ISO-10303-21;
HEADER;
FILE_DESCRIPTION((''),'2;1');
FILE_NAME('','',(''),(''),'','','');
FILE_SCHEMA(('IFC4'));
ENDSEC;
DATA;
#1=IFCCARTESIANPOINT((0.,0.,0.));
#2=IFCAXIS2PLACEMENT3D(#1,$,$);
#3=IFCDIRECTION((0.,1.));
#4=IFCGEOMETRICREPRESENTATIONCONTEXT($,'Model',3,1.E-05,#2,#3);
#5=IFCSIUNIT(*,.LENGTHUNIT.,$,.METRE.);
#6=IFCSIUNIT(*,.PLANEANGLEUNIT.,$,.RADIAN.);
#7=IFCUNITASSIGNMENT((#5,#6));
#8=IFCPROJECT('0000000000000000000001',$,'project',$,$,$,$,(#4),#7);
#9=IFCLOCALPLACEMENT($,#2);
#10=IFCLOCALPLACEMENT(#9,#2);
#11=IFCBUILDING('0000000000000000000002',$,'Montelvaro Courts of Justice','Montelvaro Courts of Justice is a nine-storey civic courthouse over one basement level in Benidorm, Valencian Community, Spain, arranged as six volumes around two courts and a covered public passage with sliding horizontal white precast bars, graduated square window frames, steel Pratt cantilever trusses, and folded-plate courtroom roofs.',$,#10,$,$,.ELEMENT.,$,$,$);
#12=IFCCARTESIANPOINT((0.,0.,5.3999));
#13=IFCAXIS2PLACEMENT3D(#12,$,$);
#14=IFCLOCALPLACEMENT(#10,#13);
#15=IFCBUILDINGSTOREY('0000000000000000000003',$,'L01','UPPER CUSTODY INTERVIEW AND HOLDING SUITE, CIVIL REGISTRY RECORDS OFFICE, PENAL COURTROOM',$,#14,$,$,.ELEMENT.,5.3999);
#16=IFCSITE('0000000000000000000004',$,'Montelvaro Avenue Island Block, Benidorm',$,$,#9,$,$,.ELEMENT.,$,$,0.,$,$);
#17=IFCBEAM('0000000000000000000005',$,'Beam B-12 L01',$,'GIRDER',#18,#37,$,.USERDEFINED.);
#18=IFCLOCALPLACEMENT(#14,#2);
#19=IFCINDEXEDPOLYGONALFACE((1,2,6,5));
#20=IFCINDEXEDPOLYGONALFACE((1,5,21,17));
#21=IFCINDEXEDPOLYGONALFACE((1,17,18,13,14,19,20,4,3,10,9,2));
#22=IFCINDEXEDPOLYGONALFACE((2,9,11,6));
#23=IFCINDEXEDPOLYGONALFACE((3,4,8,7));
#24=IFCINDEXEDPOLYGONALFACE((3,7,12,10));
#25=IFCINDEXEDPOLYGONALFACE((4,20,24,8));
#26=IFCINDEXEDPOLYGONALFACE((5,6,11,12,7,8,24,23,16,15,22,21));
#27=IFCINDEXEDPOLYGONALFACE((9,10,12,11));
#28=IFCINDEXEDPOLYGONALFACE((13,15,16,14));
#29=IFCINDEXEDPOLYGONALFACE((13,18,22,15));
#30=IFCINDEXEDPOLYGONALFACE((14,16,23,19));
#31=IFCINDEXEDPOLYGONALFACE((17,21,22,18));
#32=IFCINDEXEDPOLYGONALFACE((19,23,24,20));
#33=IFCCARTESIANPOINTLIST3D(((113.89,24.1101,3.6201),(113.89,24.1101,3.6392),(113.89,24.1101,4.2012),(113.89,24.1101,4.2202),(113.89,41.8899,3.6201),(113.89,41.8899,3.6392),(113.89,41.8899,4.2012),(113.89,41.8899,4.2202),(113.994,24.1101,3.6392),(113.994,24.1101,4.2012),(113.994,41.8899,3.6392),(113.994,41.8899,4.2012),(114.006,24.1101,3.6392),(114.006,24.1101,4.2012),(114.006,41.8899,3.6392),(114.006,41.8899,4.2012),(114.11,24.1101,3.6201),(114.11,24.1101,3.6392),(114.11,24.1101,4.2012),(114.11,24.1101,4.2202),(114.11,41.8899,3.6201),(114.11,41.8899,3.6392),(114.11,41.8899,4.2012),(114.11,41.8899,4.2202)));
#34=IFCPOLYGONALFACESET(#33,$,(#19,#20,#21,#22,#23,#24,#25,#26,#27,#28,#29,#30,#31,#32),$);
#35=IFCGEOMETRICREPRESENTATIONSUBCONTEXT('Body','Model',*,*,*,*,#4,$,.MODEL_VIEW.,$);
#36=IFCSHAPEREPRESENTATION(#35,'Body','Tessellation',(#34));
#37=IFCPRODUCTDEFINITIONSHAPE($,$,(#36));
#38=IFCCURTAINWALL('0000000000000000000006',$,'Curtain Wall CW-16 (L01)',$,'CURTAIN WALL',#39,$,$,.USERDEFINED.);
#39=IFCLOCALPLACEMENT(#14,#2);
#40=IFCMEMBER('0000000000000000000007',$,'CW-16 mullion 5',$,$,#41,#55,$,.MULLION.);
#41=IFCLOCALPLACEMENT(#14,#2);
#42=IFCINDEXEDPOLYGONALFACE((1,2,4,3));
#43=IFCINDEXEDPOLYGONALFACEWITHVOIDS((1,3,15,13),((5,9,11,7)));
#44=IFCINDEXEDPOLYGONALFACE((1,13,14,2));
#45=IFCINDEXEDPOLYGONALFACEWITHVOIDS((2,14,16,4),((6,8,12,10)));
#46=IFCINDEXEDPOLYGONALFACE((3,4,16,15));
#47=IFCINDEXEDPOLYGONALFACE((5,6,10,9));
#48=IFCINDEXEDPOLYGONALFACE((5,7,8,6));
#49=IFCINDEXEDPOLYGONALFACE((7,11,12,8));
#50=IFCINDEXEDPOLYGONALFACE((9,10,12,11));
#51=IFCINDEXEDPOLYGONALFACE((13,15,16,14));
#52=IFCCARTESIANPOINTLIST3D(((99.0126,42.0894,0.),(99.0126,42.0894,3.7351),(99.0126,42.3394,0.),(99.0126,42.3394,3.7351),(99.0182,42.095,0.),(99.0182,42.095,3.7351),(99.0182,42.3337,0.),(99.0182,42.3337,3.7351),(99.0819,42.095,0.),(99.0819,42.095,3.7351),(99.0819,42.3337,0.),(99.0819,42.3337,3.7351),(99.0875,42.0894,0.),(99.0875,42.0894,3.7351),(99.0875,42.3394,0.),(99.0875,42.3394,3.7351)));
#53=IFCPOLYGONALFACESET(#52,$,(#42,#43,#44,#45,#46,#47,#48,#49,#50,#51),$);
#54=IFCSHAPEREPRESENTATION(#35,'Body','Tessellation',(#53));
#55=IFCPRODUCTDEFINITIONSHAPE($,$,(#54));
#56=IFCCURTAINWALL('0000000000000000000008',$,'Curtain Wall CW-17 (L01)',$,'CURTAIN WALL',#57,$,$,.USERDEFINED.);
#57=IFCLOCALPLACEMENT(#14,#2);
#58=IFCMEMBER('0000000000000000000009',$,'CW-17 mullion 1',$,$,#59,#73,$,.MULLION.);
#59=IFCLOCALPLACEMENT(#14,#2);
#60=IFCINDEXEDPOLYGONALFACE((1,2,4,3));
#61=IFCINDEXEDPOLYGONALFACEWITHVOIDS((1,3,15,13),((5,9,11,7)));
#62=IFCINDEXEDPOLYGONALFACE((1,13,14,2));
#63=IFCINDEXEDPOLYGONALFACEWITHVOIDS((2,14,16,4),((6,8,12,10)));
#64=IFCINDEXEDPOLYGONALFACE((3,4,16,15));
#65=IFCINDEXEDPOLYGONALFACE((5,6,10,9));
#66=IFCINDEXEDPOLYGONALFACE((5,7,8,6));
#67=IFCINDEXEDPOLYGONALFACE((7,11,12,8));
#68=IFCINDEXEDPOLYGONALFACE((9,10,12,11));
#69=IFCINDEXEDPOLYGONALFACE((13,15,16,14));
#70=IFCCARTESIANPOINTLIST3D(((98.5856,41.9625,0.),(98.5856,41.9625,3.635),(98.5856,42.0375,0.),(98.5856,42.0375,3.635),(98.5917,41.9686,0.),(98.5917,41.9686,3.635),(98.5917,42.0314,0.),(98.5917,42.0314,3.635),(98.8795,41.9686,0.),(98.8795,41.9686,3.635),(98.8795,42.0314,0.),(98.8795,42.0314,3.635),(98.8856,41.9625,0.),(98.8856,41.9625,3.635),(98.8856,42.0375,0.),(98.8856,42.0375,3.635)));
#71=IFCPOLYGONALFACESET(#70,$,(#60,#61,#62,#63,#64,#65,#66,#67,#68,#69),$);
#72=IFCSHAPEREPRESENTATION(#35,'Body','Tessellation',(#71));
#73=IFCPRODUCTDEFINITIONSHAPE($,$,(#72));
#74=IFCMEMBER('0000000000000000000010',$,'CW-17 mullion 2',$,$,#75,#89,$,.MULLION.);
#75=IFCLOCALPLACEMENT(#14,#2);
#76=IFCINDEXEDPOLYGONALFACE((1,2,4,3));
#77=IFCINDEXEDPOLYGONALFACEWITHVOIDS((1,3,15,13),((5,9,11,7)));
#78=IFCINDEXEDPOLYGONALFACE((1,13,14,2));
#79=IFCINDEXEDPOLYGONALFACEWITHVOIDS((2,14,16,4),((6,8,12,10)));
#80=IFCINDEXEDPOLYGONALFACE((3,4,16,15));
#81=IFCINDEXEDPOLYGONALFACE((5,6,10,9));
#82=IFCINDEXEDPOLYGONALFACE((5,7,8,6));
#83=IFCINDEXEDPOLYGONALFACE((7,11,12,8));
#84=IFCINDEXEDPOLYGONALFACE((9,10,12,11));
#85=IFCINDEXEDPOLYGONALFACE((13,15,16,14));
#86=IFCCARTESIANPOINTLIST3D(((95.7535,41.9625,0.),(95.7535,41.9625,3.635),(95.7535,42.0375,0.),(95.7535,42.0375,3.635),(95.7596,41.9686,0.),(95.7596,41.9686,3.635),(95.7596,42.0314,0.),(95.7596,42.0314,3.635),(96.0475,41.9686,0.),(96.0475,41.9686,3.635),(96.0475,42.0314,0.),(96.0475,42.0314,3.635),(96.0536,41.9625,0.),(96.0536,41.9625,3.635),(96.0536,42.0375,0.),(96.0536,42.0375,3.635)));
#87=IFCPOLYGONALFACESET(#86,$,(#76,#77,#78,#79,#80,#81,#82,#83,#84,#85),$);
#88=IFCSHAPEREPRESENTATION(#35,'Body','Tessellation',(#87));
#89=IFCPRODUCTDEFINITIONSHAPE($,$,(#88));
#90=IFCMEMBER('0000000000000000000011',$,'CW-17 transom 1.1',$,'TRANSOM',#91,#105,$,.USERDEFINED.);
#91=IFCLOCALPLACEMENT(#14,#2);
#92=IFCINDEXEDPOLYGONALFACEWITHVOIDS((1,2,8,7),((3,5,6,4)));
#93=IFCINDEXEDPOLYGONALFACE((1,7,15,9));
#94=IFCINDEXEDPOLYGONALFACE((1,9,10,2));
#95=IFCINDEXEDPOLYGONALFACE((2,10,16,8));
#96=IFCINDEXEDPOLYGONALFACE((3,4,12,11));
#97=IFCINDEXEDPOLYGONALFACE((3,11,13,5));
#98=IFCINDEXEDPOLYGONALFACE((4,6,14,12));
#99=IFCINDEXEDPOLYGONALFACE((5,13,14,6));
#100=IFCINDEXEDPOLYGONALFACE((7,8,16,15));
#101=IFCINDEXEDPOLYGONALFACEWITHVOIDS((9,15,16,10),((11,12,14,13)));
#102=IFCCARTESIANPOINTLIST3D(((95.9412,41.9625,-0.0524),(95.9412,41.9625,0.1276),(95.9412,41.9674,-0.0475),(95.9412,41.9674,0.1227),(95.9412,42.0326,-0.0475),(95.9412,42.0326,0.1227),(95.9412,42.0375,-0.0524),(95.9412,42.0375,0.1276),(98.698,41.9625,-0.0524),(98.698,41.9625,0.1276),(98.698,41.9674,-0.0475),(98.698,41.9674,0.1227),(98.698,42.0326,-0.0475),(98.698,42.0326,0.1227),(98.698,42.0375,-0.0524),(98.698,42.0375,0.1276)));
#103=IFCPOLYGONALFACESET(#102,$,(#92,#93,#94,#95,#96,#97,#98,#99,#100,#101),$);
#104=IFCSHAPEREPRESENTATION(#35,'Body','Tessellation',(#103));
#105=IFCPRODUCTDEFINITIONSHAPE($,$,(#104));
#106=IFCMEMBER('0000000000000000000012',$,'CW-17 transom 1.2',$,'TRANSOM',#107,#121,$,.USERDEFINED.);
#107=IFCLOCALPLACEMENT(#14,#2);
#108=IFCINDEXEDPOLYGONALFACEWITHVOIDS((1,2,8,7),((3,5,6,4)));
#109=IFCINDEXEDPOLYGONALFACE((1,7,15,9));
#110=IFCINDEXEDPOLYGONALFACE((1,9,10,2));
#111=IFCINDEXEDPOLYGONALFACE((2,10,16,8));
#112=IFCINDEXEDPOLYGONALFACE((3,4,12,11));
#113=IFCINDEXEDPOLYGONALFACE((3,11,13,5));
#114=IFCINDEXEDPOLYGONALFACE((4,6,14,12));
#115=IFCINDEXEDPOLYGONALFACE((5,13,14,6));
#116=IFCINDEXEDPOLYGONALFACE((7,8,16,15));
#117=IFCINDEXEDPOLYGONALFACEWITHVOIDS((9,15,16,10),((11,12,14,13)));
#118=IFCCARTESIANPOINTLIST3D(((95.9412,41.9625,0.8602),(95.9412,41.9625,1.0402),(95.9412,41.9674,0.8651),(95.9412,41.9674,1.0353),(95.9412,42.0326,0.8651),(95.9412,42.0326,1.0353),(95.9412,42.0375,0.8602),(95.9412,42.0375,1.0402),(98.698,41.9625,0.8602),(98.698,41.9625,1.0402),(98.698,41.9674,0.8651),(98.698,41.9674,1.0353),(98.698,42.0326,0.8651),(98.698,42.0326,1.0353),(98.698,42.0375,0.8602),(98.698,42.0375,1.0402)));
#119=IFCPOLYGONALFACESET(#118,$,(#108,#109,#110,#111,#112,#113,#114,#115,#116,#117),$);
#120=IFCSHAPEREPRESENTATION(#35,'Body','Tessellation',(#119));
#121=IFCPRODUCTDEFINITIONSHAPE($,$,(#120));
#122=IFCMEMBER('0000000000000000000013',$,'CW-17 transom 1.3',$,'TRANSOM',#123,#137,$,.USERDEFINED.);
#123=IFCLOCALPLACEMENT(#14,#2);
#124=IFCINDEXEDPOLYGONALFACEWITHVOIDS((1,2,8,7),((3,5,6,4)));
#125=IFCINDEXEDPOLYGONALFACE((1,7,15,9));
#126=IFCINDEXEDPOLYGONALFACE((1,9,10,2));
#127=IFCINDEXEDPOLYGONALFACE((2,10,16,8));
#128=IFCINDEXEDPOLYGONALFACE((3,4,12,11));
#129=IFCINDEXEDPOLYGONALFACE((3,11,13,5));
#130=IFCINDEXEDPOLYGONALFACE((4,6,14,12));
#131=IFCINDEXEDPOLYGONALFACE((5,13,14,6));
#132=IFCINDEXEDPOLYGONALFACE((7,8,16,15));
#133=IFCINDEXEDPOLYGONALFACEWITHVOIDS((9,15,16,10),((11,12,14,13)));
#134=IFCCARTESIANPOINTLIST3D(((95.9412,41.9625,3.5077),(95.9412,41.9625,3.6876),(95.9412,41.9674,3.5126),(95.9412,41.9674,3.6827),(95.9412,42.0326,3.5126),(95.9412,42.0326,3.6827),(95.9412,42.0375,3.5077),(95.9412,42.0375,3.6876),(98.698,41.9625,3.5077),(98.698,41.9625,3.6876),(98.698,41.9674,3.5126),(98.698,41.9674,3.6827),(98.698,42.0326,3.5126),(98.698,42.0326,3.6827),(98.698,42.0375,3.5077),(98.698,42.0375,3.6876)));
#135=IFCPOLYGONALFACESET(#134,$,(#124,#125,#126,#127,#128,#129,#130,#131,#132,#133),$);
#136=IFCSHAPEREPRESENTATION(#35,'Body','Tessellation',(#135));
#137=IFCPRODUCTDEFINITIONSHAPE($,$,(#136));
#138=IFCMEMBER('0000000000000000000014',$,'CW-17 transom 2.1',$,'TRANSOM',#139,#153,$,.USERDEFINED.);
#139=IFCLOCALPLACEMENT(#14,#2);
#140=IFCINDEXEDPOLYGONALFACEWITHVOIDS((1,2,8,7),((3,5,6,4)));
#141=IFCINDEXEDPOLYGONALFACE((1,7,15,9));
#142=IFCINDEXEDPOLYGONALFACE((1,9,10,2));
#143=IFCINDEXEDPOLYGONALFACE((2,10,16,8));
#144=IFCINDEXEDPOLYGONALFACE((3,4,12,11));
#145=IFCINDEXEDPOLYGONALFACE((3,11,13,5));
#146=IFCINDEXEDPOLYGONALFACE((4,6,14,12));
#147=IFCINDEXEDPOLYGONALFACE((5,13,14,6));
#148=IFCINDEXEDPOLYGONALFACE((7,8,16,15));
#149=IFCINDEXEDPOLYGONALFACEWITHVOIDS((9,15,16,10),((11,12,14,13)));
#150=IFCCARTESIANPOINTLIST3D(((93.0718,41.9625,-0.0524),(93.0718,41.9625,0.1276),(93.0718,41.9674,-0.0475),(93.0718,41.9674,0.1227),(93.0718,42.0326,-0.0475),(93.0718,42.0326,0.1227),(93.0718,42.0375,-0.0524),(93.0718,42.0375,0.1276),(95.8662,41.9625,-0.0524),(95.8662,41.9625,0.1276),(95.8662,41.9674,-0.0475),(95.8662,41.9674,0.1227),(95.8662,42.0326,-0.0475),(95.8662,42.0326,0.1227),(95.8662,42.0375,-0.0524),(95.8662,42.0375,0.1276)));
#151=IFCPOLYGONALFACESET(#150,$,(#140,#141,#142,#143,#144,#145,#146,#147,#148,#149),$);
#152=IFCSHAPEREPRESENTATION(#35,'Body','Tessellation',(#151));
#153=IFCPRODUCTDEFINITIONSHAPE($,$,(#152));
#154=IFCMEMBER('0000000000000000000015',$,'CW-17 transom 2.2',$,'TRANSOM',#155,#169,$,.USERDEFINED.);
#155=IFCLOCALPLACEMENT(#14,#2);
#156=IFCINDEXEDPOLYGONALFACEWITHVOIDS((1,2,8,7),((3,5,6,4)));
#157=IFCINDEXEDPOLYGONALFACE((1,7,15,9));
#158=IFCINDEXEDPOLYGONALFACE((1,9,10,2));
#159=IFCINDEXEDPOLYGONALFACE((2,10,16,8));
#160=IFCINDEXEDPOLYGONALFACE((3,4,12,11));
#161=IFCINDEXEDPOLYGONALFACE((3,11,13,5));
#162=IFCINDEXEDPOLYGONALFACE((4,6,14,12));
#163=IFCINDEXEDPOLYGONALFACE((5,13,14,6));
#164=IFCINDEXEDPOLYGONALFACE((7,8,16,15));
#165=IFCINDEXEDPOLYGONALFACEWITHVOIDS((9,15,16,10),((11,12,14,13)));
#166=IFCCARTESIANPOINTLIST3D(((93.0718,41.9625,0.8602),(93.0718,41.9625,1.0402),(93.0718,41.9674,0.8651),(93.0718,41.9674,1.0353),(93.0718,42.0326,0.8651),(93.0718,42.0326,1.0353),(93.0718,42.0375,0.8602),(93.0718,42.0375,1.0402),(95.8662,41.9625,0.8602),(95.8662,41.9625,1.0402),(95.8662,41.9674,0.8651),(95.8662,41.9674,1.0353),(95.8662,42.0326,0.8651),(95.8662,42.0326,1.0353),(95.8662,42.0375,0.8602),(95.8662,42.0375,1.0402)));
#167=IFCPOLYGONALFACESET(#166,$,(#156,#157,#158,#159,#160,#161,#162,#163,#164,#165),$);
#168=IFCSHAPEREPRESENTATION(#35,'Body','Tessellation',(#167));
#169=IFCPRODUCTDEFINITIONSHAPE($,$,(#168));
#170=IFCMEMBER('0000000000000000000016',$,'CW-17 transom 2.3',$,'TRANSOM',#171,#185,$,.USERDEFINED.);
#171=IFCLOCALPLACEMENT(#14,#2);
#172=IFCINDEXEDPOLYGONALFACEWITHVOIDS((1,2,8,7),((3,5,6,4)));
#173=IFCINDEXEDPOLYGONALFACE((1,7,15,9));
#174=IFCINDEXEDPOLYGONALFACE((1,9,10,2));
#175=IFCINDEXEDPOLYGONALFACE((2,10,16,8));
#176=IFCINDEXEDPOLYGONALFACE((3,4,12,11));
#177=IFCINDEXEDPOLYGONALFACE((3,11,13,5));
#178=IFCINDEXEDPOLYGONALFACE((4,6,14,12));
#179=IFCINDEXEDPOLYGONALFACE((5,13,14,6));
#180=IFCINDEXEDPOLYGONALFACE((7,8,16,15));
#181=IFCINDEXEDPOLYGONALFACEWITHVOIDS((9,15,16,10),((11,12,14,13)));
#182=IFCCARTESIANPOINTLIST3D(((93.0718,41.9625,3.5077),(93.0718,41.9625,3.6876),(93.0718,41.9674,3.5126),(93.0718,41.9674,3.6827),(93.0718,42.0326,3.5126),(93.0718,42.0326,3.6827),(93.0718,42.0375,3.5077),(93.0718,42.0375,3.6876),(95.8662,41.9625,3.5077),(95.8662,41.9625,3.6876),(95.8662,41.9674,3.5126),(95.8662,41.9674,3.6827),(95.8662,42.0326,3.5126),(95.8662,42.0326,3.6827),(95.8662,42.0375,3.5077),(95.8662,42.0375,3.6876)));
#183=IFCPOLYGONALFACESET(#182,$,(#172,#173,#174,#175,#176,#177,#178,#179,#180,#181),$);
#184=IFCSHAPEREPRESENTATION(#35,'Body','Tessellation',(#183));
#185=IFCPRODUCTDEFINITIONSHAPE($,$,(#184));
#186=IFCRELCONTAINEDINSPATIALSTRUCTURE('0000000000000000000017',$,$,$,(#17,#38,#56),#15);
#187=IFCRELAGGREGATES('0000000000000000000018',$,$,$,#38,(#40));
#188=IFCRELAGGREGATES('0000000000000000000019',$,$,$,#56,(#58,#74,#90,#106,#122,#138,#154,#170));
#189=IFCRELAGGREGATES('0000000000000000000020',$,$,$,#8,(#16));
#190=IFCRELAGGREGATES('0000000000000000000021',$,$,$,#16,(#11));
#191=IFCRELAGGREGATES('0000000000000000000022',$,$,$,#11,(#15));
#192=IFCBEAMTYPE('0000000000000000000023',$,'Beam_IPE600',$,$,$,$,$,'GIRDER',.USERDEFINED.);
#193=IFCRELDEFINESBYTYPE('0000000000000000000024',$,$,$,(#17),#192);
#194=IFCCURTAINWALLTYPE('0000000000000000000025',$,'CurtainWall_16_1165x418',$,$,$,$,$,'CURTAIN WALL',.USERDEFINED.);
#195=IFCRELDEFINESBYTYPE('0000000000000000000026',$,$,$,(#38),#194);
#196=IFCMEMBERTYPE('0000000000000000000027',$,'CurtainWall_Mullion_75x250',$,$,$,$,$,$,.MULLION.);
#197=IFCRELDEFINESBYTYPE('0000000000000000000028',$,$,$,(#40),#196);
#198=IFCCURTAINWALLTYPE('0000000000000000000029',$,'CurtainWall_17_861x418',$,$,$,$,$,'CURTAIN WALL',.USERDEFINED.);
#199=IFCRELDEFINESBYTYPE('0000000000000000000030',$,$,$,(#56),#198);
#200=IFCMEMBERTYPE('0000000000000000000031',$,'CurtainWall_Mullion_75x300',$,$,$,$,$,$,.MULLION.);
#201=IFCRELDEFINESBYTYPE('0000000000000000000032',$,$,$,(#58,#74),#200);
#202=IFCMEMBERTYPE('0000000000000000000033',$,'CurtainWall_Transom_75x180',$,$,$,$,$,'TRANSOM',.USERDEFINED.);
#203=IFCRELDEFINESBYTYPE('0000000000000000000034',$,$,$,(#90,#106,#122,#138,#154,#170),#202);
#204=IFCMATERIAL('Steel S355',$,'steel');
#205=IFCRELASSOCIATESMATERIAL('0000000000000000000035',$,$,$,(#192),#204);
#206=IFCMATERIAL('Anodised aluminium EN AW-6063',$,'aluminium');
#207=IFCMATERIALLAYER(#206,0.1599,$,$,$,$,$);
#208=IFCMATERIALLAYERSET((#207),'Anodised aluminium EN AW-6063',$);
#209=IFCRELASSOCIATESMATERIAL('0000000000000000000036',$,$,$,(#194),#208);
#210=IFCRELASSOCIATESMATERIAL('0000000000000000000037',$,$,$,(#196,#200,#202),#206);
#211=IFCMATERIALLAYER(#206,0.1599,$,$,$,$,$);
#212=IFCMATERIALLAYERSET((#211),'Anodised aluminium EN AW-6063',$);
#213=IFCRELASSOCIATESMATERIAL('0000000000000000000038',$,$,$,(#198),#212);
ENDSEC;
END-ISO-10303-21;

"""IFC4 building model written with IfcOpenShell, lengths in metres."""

from ifc_helpers import new_model, si_unit, direction, frame, origin, origin_2d, place, context, subcontext, project, spatial, hollow_rectangle, i_section, extrude, material, layer, layer_set, material_profile, profile_set, type_object, element, aggregate, save


model = new_model("IFC4")

# Units and contexts
model_context = context("Model", 3, precision=1e-05, world=origin(), true_north=direction((0.0, 1.0)))
body_context = subcontext(model_context, "Body", "Model", "MODEL_VIEW")
ifc_project = project(units=[si_unit("LENGTHUNIT", "METRE"), si_unit("PLANEANGLEUNIT", "RADIAN")], contexts=[model_context])

# Site, building, storey
site_placement = place(None, origin())
site = spatial("IfcSite", under=ifc_project, at=site_placement, Name="Montelvaro Avenue Island Block, Benidorm", CompositionType="ELEMENT", RefElevation=0.0)
building_placement = place(site_placement, origin())
building = spatial("IfcBuilding", under=site, at=building_placement, Name="Montelvaro Courts of Justice", Description="Montelvaro Courts of Justice is a nine-storey civic courthouse over one basement level in Benidorm, Valencian Community, Spain, arranged as six volumes around two courts and a covered public passage with sliding horizontal white precast bars, graduated square window frames, steel Pratt cantilever trusses, and folded-plate courtroom roofs.", CompositionType="ELEMENT")
storey_placement = place(building_placement, frame((0.0, 0.0, 5.3999)))
storey = spatial("IfcBuildingStorey", under=building, at=storey_placement, Name="L01", Description="UPPER CUSTODY INTERVIEW AND HOLDING SUITE, CIVIL REGISTRY RECORDS OFFICE, PENAL COURTROOM", CompositionType="ELEMENT", Elevation=5.3999)

# Shared definitions
ifc_material_1 = material(Name="Steel S355", Category="steel")

# Beam
ifc_material_profile_1 = material_profile(ifc_material_1, i_section(OverallWidth=0.22, OverallDepth=0.6001, WebThickness=0.012, FlangeThickness=0.019, at=origin_2d()), Name="IPE 600")
ifc_profile_set_1 = profile_set([ifc_material_profile_1], Name="Steel S355")
beam_type_1 = type_object("IfcBeamType", Name="Beam_IPE600", ElementType="GIRDER", PredefinedType="USERDEFINED", material=ifc_profile_set_1)
beam_1_placement = place(storey_placement, frame((114.0, 24.1101, 3.9202), z_axis=(0.0, 1.0, 0.0), x_axis=(-1.0, 0.0, 0.0)))
element("IfcBeam", 1, at=beam_1_placement, inside=storey, type_object=beam_type_1, Name="Beam B-12 L01", ObjectType="GIRDER", PredefinedType="USERDEFINED", context=body_context, shape_type="SweptSolid", body=[
    extrude(i_section(OverallWidth=0.22, OverallDepth=0.6001, WebThickness=0.012, FlangeThickness=0.019, at=origin_2d()), origin(), (0.0, 0.0, 1.0), 17.7798),
])

# Curtain wall, member
ifc_material_2 = material(Name="Anodised aluminium EN AW-6063", Category="aluminium")
ifc_layer_1 = layer(ifc_material_2, 0.1599)
ifc_layer_set_1 = layer_set([ifc_layer_1], Name="Anodised aluminium EN AW-6063")
curtain_wall_type_1 = type_object("IfcCurtainWallType", Name="CurtainWall_16_1165x418", ElementType="CURTAIN WALL", PredefinedType="USERDEFINED", material=ifc_layer_set_1)
curtain_wall_1_placement = place(storey_placement, origin())
curtain_wall_1 = element("IfcCurtainWall", 2, at=curtain_wall_1_placement, inside=storey, type_object=curtain_wall_type_1, Name="Curtain Wall CW-16 (L01)", ObjectType="CURTAIN WALL", PredefinedType="USERDEFINED")
ifc_material_profile_2 = material_profile(ifc_material_2, hollow_rectangle(XDim=0.075, YDim=0.25, WallThickness=0.0056, at=origin_2d()), Name="ALU-M 75x250")
ifc_profile_set_2 = profile_set([ifc_material_profile_2], Name="Anodised aluminium EN AW-6063")
member_type_1 = type_object("IfcMemberType", Name="CurtainWall_Mullion_75x250", PredefinedType="MULLION", material=ifc_profile_set_2)
member_1_placement = place(storey_placement, frame((99.05, 42.2144, 0.0), z_axis=(0.0, 0.0, 1.0), x_axis=(1.0, 0.0, 0.0)))
member_1 = element("IfcMember", 3, at=member_1_placement, type_object=member_type_1, Name="CW-16 mullion 5", PredefinedType="MULLION", context=body_context, shape_type="SweptSolid", body=[
    extrude(hollow_rectangle(XDim=0.075, YDim=0.25, WallThickness=0.0056, at=origin_2d()), origin(), (0.0, 0.0, 1.0), 3.7351),
])

# Curtain wall, members
ifc_layer_2 = layer(ifc_material_2, 0.1599)
ifc_layer_set_2 = layer_set([ifc_layer_2], Name="Anodised aluminium EN AW-6063")
curtain_wall_type_2 = type_object("IfcCurtainWallType", Name="CurtainWall_17_861x418", ElementType="CURTAIN WALL", PredefinedType="USERDEFINED", material=ifc_layer_set_2)
curtain_wall_2_placement = place(storey_placement, origin())
curtain_wall_2 = element("IfcCurtainWall", 4, at=curtain_wall_2_placement, inside=storey, type_object=curtain_wall_type_2, Name="Curtain Wall CW-17 (L01)", ObjectType="CURTAIN WALL", PredefinedType="USERDEFINED")
ifc_material_profile_3 = material_profile(ifc_material_2, hollow_rectangle(XDim=0.075, YDim=0.3, WallThickness=0.0061, at=origin_2d()), Name="ALU-M 75x300")
ifc_profile_set_3 = profile_set([ifc_material_profile_3], Name="Anodised aluminium EN AW-6063")
member_type_2 = type_object("IfcMemberType", Name="CurtainWall_Mullion_75x300", PredefinedType="MULLION", material=ifc_profile_set_3)
member_2_placement = place(storey_placement, frame((98.7356, 42.0, 0.0), z_axis=(0.0, 0.0, 1.0), x_axis=(0.0, -1.0, 0.0)))
member_2 = element("IfcMember", 5, at=member_2_placement, type_object=member_type_2, Name="CW-17 mullion 1", PredefinedType="MULLION", context=body_context, shape_type="SweptSolid", body=[
    extrude(hollow_rectangle(XDim=0.075, YDim=0.3, WallThickness=0.0061, at=origin_2d()), origin(), (0.0, 0.0, 1.0), 3.635),
])
member_3_placement = place(storey_placement, frame((95.9036, 42.0, 0.0), z_axis=(0.0, 0.0, 1.0), x_axis=(0.0, -1.0, 0.0)))
member_3 = element("IfcMember", 6, at=member_3_placement, type_object=member_type_2, Name="CW-17 mullion 2", PredefinedType="MULLION", context=body_context, shape_type="SweptSolid", body=[
    extrude(hollow_rectangle(XDim=0.075, YDim=0.3, WallThickness=0.0061, at=origin_2d()), origin(), (0.0, 0.0, 1.0), 3.635),
])
ifc_material_profile_4 = material_profile(ifc_material_2, hollow_rectangle(XDim=0.075, YDim=0.1799, WallThickness=0.0049, at=origin_2d()), Name="ALU-T 75x180")
ifc_profile_set_4 = profile_set([ifc_material_profile_4], Name="Anodised aluminium EN AW-6063")
member_type_3 = type_object("IfcMemberType", Name="CurtainWall_Transom_75x180", ElementType="TRANSOM", PredefinedType="USERDEFINED", material=ifc_profile_set_4)
member_4_placement = place(storey_placement, frame((98.698, 42.0, 0.0376), z_axis=(-1.0, 0.0, 0.0), x_axis=(0.0, -1.0, 0.0)))
member_4 = element("IfcMember", 7, at=member_4_placement, type_object=member_type_3, Name="CW-17 transom 1.1", ObjectType="TRANSOM", PredefinedType="USERDEFINED", context=body_context, shape_type="SweptSolid", body=[
    extrude(hollow_rectangle(XDim=0.075, YDim=0.1799, WallThickness=0.0049, at=origin_2d()), origin(), (0.0, 0.0, 1.0), 2.7568),
])
member_5_placement = place(storey_placement, frame((98.698, 42.0, 0.9502), z_axis=(-1.0, 0.0, 0.0), x_axis=(0.0, -1.0, 0.0)))
member_5 = element("IfcMember", 8, at=member_5_placement, type_object=member_type_3, Name="CW-17 transom 1.2", ObjectType="TRANSOM", PredefinedType="USERDEFINED", context=body_context, shape_type="SweptSolid", body=[
    extrude(hollow_rectangle(XDim=0.075, YDim=0.1799, WallThickness=0.0049, at=origin_2d()), origin(), (0.0, 0.0, 1.0), 2.7568),
])
member_6_placement = place(storey_placement, frame((98.698, 42.0, 3.5977), z_axis=(-1.0, 0.0, 0.0), x_axis=(0.0, -1.0, 0.0)))
member_6 = element("IfcMember", 9, at=member_6_placement, type_object=member_type_3, Name="CW-17 transom 1.3", ObjectType="TRANSOM", PredefinedType="USERDEFINED", context=body_context, shape_type="SweptSolid", body=[
    extrude(hollow_rectangle(XDim=0.075, YDim=0.1799, WallThickness=0.0049, at=origin_2d()), origin(), (0.0, 0.0, 1.0), 2.7568),
])
member_7_placement = place(storey_placement, frame((95.8662, 42.0, 0.0376), z_axis=(-1.0, 0.0, 0.0), x_axis=(0.0, -1.0, 0.0)))
member_7 = element("IfcMember", 10, at=member_7_placement, type_object=member_type_3, Name="CW-17 transom 2.1", ObjectType="TRANSOM", PredefinedType="USERDEFINED", context=body_context, shape_type="SweptSolid", body=[
    extrude(hollow_rectangle(XDim=0.075, YDim=0.1799, WallThickness=0.0049, at=origin_2d()), origin(), (0.0, 0.0, 1.0), 2.7944),
])
member_8_placement = place(storey_placement, frame((95.8662, 42.0, 0.9502), z_axis=(-1.0, 0.0, 0.0), x_axis=(0.0, -1.0, 0.0)))
member_8 = element("IfcMember", 11, at=member_8_placement, type_object=member_type_3, Name="CW-17 transom 2.2", ObjectType="TRANSOM", PredefinedType="USERDEFINED", context=body_context, shape_type="SweptSolid", body=[
    extrude(hollow_rectangle(XDim=0.075, YDim=0.1799, WallThickness=0.0049, at=origin_2d()), origin(), (0.0, 0.0, 1.0), 2.7944),
])
member_9_placement = place(storey_placement, frame((95.8662, 42.0, 3.5977), z_axis=(-1.0, 0.0, 0.0), x_axis=(0.0, -1.0, 0.0)))
member_9 = element("IfcMember", 12, at=member_9_placement, type_object=member_type_3, Name="CW-17 transom 2.3", ObjectType="TRANSOM", PredefinedType="USERDEFINED", context=body_context, shape_type="SweptSolid", body=[
    extrude(hollow_rectangle(XDim=0.075, YDim=0.1799, WallThickness=0.0049, at=origin_2d()), origin(), (0.0, 0.0, 1.0), 2.7944),
])

aggregate(curtain_wall_1, [member_1])
aggregate(curtain_wall_2, [member_2, member_3, member_4, member_5, member_6, member_7, member_8, member_9])

save(model, "model.ifc")
